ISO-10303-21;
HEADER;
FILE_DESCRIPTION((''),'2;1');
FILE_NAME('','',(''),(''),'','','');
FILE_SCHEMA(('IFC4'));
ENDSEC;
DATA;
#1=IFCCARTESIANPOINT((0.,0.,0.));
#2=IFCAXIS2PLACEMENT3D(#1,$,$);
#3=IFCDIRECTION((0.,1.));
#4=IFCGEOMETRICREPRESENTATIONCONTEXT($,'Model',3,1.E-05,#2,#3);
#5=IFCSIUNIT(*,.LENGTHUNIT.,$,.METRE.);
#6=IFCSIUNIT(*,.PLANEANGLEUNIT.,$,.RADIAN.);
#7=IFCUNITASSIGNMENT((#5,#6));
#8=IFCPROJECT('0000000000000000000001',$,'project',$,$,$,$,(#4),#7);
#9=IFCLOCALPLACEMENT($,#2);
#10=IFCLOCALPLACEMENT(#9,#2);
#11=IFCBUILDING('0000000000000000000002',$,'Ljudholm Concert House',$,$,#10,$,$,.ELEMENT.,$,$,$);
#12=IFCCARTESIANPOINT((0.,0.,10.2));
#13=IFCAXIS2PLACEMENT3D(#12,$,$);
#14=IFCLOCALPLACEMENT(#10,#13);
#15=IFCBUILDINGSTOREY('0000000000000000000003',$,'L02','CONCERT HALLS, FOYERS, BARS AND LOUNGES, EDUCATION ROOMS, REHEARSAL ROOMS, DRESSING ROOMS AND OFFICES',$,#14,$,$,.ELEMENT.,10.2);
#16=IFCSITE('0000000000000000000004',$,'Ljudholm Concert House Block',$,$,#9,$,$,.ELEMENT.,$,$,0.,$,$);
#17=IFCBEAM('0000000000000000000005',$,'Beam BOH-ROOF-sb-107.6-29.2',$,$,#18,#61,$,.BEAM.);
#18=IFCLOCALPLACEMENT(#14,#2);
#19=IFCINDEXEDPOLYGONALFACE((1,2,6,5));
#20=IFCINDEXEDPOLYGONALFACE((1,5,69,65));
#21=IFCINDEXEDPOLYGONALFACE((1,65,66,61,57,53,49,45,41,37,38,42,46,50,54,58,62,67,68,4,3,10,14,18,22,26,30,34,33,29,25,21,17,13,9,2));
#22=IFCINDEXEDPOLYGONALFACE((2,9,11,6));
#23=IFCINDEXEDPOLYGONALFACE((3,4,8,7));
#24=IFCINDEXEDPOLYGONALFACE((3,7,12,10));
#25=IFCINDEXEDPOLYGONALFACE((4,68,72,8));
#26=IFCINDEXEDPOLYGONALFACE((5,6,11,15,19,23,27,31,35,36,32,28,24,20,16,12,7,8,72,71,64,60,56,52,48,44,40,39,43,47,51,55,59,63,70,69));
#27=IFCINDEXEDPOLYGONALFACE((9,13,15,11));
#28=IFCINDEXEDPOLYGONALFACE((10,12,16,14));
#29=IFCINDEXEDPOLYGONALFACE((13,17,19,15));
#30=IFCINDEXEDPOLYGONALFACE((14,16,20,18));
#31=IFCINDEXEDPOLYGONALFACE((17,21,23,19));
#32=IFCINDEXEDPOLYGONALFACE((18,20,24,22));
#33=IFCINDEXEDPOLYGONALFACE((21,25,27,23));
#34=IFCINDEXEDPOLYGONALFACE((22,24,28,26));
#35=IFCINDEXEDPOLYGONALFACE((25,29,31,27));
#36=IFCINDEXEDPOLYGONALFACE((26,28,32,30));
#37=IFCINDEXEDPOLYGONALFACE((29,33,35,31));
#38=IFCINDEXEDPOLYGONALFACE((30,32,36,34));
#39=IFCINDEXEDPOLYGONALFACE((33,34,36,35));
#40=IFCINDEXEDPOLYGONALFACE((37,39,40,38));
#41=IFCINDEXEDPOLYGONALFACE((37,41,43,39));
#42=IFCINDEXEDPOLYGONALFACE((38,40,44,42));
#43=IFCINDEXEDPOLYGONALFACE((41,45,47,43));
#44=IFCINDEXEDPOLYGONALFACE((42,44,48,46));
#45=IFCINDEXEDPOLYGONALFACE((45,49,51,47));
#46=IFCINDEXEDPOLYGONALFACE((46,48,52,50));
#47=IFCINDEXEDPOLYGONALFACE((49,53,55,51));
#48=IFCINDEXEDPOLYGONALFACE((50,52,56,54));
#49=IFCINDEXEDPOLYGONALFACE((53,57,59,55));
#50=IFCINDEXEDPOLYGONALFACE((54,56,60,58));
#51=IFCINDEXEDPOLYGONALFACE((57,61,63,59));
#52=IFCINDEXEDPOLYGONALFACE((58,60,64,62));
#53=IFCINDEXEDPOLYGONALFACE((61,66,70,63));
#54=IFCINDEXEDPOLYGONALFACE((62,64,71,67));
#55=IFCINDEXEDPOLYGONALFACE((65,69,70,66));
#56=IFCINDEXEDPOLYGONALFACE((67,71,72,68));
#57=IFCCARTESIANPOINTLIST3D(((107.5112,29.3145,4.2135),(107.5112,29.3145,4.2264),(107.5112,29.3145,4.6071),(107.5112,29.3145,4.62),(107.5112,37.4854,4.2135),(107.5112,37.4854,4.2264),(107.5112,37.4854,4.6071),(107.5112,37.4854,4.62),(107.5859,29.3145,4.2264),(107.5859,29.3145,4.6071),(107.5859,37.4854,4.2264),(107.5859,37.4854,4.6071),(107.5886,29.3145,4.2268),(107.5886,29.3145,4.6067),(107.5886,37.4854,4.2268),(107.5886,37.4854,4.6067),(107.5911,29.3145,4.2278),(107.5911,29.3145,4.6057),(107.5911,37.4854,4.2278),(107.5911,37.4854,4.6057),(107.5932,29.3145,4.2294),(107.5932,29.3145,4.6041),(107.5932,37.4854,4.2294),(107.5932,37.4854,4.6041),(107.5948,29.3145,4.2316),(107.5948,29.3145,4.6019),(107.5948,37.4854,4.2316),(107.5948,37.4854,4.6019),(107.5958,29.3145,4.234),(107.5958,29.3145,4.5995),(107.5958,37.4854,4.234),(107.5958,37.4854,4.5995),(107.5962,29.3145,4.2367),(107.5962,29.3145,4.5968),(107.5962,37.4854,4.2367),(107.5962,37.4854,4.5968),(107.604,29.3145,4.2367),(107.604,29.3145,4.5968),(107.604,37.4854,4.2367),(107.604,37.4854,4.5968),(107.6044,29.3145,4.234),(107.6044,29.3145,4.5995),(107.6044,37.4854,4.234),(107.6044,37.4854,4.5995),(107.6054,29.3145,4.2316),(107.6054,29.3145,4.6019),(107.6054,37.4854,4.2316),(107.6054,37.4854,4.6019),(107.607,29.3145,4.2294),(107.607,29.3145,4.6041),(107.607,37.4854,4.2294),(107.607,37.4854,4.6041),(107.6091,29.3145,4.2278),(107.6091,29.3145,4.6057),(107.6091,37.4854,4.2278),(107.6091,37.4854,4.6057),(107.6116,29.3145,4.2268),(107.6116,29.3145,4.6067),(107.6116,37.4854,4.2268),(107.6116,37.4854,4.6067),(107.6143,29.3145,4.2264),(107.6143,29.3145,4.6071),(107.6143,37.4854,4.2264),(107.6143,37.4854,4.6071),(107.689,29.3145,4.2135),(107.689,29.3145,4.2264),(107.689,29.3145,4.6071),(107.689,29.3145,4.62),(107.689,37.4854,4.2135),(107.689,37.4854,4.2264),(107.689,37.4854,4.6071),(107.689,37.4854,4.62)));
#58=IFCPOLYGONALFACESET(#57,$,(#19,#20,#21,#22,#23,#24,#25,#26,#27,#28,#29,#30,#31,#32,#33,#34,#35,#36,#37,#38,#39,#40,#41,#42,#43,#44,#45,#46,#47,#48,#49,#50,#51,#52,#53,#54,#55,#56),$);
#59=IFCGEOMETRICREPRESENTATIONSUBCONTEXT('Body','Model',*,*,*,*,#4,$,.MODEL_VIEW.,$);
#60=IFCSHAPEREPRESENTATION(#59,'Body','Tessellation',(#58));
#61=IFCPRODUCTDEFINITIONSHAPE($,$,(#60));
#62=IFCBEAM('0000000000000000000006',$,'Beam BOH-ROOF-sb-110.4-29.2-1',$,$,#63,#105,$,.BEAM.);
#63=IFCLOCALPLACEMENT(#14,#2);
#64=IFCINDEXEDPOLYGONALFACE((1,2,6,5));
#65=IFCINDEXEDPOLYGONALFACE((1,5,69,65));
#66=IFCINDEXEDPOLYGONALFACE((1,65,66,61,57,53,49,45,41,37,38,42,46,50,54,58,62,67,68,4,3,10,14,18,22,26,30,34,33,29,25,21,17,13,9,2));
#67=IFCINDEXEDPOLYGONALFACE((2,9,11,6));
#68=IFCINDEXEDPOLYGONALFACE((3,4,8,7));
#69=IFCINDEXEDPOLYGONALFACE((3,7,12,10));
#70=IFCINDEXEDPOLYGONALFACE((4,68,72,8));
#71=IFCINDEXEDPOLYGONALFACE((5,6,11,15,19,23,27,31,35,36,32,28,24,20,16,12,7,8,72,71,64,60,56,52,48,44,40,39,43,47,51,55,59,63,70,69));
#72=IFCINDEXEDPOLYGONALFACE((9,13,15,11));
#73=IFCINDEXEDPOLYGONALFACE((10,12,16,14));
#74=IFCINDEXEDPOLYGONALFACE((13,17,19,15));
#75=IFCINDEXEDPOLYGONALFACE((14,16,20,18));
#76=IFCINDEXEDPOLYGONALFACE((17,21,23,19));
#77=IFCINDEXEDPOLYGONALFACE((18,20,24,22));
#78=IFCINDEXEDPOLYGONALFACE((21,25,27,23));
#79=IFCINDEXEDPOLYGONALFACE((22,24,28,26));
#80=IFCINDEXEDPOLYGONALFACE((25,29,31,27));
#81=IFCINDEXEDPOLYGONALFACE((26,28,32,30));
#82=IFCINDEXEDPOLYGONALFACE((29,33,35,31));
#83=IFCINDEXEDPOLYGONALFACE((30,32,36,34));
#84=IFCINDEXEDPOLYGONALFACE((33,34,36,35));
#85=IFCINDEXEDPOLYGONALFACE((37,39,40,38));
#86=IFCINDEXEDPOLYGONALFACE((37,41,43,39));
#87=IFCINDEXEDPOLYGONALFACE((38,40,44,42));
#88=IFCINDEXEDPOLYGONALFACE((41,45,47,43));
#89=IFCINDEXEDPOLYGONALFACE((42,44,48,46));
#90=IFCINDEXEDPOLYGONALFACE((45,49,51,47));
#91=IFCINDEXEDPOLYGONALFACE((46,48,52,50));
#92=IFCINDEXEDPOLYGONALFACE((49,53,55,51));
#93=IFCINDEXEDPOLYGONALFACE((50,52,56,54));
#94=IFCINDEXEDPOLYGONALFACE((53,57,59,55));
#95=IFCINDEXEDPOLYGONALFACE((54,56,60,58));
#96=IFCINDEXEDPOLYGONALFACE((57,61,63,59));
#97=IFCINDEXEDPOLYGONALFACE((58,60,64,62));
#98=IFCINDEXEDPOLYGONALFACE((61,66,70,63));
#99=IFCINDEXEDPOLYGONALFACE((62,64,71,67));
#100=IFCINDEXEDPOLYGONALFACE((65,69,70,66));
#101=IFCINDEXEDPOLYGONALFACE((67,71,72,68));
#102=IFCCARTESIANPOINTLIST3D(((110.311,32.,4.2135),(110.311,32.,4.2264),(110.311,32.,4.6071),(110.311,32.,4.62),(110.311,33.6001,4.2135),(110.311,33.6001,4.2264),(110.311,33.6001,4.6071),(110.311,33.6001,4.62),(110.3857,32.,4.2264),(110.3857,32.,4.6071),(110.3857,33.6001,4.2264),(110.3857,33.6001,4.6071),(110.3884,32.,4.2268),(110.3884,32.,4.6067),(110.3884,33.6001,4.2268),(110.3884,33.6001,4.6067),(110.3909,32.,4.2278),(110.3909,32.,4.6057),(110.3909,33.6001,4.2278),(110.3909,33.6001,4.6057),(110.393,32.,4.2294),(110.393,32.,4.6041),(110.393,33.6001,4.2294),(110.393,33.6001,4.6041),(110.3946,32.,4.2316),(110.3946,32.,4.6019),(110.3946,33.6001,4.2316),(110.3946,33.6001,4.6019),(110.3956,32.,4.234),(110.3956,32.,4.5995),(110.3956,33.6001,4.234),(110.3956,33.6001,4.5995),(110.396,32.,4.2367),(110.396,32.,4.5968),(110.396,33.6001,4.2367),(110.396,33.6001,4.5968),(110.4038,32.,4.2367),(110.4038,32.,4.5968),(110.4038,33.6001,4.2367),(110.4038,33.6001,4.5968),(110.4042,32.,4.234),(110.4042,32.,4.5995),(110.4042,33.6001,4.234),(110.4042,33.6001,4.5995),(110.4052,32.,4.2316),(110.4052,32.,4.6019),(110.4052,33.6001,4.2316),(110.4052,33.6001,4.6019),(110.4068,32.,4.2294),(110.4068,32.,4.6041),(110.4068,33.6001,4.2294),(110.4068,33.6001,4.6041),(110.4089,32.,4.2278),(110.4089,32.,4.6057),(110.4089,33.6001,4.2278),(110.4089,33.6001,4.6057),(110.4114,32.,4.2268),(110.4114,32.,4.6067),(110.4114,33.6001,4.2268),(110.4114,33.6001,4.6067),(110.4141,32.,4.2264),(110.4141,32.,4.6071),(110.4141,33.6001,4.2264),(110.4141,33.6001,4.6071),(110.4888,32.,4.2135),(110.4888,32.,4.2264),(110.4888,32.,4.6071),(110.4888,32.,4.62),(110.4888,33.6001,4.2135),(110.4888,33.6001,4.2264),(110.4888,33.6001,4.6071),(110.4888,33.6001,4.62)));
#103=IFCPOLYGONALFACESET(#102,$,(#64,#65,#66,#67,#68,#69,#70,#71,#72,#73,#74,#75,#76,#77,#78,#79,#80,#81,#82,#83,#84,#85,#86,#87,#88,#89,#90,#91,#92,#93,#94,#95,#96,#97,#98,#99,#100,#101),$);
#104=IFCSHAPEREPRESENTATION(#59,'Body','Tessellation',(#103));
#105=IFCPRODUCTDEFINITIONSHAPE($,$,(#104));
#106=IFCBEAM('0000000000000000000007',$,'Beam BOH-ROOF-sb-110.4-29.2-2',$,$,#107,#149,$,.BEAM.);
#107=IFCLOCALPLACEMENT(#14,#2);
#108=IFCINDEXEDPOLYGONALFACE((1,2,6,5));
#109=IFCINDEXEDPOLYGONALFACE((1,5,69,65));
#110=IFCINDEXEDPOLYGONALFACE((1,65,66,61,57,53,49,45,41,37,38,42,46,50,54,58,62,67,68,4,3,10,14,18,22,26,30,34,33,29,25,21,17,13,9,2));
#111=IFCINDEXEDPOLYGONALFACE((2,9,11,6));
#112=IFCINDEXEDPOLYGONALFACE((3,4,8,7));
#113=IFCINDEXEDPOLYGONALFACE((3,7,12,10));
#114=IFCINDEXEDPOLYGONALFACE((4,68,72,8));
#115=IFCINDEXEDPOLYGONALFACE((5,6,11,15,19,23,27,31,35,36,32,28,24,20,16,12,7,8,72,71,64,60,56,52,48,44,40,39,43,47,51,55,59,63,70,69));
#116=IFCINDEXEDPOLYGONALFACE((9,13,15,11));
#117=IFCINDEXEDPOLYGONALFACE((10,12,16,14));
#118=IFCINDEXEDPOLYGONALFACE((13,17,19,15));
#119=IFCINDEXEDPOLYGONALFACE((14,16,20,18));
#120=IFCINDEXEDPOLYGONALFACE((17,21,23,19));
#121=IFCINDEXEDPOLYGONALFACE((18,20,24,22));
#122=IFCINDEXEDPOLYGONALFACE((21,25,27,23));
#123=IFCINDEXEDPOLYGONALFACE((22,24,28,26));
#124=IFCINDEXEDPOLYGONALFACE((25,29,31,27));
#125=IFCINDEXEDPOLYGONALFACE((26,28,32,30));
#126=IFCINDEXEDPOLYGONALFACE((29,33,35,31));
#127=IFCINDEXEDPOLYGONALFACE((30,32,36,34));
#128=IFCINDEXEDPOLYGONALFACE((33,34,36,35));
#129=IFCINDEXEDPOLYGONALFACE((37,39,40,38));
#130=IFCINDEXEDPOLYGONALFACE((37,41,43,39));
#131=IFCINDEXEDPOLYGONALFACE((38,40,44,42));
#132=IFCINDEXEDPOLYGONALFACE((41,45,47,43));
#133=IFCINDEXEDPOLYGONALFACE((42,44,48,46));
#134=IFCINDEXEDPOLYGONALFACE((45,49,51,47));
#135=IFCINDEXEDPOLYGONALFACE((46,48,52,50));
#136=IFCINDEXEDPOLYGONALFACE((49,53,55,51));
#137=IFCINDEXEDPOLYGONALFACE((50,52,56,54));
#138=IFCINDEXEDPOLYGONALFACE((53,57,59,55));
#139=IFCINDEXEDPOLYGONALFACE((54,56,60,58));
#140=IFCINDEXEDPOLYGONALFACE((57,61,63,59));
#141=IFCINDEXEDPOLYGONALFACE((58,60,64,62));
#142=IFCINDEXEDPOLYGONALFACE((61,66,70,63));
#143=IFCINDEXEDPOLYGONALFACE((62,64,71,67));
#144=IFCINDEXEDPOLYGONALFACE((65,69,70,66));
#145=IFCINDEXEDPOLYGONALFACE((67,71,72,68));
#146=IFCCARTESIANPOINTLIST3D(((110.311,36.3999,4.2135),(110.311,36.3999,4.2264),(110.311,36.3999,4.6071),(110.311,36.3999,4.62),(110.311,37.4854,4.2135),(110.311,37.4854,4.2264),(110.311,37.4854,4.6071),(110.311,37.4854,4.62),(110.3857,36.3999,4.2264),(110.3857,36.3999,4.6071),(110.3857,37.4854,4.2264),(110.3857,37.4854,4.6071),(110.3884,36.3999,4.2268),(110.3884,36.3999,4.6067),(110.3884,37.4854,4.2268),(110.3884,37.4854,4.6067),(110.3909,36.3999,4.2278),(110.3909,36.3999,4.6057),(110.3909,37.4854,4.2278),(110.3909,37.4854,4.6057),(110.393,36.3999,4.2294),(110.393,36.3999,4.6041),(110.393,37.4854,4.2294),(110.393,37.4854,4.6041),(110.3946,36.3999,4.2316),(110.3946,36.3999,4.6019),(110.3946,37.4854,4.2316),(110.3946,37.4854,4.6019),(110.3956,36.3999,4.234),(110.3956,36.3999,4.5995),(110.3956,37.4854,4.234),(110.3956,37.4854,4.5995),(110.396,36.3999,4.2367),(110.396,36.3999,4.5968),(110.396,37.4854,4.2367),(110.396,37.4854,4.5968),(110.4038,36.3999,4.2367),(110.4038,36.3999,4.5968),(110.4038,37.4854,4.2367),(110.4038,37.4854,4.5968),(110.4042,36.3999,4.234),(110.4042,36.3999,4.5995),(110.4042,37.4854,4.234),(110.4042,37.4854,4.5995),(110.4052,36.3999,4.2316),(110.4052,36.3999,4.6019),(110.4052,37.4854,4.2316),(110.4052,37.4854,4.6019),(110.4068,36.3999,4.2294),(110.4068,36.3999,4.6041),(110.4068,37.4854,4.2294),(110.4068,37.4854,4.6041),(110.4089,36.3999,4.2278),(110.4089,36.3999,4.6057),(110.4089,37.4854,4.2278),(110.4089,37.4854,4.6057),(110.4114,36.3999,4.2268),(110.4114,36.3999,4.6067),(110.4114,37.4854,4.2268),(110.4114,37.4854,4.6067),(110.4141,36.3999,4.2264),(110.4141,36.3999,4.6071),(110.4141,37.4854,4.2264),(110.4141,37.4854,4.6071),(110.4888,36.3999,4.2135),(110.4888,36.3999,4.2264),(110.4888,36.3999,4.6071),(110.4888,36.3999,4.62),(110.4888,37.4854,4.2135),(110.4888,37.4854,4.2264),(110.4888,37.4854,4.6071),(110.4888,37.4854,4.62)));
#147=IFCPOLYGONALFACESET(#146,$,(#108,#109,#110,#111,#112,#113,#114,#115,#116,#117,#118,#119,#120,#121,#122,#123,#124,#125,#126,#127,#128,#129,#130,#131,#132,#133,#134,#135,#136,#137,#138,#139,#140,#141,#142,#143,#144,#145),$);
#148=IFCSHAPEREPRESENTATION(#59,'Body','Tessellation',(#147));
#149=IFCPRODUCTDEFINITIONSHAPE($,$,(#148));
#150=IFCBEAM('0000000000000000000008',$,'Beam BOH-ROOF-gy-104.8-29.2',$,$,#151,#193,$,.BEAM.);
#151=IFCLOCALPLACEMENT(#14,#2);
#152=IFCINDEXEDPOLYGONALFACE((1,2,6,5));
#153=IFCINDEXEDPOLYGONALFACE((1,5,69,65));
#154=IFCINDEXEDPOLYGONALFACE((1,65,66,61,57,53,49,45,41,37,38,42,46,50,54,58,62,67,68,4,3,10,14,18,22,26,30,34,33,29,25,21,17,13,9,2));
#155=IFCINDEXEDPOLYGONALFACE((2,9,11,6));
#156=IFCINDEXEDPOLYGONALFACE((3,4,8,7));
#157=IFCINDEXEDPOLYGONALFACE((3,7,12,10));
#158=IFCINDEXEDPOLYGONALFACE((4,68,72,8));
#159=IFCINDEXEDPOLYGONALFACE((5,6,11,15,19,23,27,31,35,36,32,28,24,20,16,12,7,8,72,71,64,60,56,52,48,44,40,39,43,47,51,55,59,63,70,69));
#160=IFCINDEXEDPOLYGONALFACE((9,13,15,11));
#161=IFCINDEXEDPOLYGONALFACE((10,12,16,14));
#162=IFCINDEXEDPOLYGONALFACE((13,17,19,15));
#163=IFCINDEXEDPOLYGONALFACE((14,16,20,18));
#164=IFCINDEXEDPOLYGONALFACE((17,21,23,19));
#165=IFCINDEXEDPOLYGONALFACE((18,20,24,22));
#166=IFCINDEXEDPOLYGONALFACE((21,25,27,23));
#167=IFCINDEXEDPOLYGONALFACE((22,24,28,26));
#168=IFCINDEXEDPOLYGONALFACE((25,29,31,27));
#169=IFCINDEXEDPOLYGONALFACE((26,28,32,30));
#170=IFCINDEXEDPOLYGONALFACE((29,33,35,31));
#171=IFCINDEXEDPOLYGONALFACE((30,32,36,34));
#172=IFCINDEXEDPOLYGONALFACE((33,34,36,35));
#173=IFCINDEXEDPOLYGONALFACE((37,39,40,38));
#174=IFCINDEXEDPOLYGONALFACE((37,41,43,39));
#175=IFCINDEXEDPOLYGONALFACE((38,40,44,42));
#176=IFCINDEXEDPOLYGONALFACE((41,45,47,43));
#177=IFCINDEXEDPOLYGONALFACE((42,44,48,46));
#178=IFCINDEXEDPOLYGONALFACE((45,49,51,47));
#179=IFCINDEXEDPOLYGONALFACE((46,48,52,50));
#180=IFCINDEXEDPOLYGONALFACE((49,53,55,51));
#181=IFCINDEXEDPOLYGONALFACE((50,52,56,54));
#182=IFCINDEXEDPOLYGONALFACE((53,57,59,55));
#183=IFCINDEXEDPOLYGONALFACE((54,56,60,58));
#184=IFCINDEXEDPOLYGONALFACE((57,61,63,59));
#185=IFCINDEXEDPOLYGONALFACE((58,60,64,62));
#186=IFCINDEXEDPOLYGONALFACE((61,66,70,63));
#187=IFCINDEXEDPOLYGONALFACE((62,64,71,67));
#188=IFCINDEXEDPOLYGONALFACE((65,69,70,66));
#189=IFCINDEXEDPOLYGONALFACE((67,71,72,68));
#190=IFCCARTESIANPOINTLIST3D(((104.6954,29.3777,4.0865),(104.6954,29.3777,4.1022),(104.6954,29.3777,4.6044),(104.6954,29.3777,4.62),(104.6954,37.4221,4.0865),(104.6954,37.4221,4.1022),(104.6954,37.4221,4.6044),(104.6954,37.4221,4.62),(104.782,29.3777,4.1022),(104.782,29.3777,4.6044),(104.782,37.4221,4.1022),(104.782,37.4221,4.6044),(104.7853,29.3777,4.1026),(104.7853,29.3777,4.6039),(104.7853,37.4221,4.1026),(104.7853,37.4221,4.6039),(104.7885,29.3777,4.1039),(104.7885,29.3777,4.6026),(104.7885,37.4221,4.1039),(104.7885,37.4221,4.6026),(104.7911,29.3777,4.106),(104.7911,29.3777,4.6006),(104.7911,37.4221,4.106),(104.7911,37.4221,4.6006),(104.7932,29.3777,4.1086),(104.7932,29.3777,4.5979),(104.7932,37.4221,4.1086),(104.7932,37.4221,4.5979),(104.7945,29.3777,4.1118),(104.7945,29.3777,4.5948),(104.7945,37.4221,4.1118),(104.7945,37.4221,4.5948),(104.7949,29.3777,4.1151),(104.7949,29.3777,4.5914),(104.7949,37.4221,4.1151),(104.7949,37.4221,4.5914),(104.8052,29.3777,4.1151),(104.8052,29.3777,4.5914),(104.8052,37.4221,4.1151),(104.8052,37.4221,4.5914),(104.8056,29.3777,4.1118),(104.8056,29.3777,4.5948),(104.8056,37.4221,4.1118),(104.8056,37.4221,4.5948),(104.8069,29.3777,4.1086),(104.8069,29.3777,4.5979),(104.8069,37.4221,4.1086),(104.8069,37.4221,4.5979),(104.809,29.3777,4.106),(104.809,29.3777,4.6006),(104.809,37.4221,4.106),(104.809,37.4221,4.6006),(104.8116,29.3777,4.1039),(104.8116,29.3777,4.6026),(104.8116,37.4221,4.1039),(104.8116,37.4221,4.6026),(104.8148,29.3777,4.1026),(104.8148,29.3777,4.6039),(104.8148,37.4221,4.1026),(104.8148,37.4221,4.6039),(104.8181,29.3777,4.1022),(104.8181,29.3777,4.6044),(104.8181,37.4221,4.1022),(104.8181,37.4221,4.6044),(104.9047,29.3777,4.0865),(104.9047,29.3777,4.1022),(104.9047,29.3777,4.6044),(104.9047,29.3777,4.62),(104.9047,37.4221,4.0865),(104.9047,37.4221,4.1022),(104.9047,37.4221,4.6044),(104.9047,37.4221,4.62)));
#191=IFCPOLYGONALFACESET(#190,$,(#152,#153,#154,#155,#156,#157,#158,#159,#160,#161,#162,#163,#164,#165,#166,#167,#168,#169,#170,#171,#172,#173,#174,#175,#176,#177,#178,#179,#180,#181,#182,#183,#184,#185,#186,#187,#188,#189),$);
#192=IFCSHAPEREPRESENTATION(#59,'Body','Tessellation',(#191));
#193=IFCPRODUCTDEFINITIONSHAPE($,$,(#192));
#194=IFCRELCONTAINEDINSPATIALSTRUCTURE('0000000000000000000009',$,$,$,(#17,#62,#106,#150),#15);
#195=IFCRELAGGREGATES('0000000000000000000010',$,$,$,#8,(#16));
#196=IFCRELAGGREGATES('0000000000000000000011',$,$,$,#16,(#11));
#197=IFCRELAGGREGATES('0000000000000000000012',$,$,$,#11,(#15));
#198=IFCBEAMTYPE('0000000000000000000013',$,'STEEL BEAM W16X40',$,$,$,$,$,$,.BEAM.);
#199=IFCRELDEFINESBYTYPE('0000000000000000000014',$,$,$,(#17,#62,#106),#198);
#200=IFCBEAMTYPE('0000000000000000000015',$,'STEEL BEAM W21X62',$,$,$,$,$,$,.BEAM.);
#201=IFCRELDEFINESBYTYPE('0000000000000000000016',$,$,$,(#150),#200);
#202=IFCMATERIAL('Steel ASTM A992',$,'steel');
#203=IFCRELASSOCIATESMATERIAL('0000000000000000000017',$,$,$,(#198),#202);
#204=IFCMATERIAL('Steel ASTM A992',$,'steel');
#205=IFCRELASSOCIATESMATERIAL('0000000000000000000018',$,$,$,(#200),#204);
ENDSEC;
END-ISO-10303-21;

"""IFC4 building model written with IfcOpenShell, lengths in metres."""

from ifc_helpers import new_model, si_unit, direction, frame, origin, origin_2d, place, context, subcontext, project, spatial, i_section, extrude, material, material_profile, profile_set, type_object, element, save


model = new_model("IFC4")

# Units and contexts
model_context = context("Model", 3, precision=1e-05, world=origin(), true_north=direction((0.0, 1.0)))
body_context = subcontext(model_context, "Body", "Model", "MODEL_VIEW")
ifc_project = project(units=[si_unit("LENGTHUNIT", "METRE"), si_unit("PLANEANGLEUNIT", "RADIAN")], contexts=[model_context])

# Site, building, storey
site_placement = place(None, origin())
site = spatial("IfcSite", under=ifc_project, at=site_placement, Name="Ljudholm Concert House Block", CompositionType="ELEMENT", RefElevation=0.0)
building_placement = place(site_placement, origin())
building = spatial("IfcBuilding", under=site, at=building_placement, Name="Ljudholm Concert House", CompositionType="ELEMENT")
storey_placement = place(building_placement, frame((0.0, 0.0, 10.2)))
storey = spatial("IfcBuildingStorey", under=building, at=storey_placement, Name="L02", Description="CONCERT HALLS, FOYERS, BARS AND LOUNGES, EDUCATION ROOMS, REHEARSAL ROOMS, DRESSING ROOMS AND OFFICES", CompositionType="ELEMENT", Elevation=10.2)

# Beams
ifc_material_1 = material(Name="Steel ASTM A992", Category="steel")
ifc_material_profile_1 = material_profile(ifc_material_1, i_section(OverallWidth=0.1777, OverallDepth=0.4065, WebThickness=0.0078, FlangeThickness=0.0129, FilletRadius=0.0103, at=origin_2d()), Name="W16X40")
ifc_profile_set_1 = profile_set([ifc_material_profile_1], Name="Steel ASTM A992")
beam_type_1 = type_object("IfcBeamType", Name="STEEL BEAM W16X40", PredefinedType="BEAM", material=ifc_profile_set_1)
for number, where, z_axis, x_axis, name in (
    (1, (107.6001, 29.3145, 4.4167), (0.0, 1.0, 0.0), (-1.0, 0.0, 0.0), "Beam BOH-ROOF-sb-107.6-29.2"),
):
    element("IfcBeam", number, at=place(storey_placement, frame(where, z_axis=z_axis, x_axis=x_axis)), inside=storey, type_object=beam_type_1, Name=name, PredefinedType="BEAM", context=body_context, shape_type="SweptSolid", body=[
        extrude(i_section(OverallWidth=0.1777, OverallDepth=0.4065, WebThickness=0.0078, FlangeThickness=0.0129, FilletRadius=0.0103, at=origin_2d()), origin(), (0.0, 0.0, 1.0), 8.1709),
    ])
beam_1_placement = place(storey_placement, frame((110.3999, 32.0, 4.4167), z_axis=(0.0, 1.0, 0.0), x_axis=(-1.0, 0.0, 0.0)))
element("IfcBeam", 2, at=beam_1_placement, inside=storey, type_object=beam_type_1, Name="Beam BOH-ROOF-sb-110.4-29.2-1", PredefinedType="BEAM", context=body_context, shape_type="SweptSolid", body=[
    extrude(i_section(OverallWidth=0.1777, OverallDepth=0.4065, WebThickness=0.0078, FlangeThickness=0.0129, FilletRadius=0.0103, at=origin_2d()), origin(), (0.0, 0.0, 1.0), 1.6001),
])
beam_2_placement = place(storey_placement, frame((110.3999, 36.3999, 4.4167), z_axis=(0.0, 1.0, 0.0), x_axis=(-1.0, 0.0, 0.0)))
element("IfcBeam", 3, at=beam_2_placement, inside=storey, type_object=beam_type_1, Name="Beam BOH-ROOF-sb-110.4-29.2-2", PredefinedType="BEAM", context=body_context, shape_type="SweptSolid", body=[
    extrude(i_section(OverallWidth=0.1777, OverallDepth=0.4065, WebThickness=0.0078, FlangeThickness=0.0129, FilletRadius=0.0103, at=origin_2d()), origin(), (0.0, 0.0, 1.0), 1.0854),
])
ifc_material_2 = material(Name="Steel ASTM A992", Category="steel")
ifc_material_profile_2 = material_profile(ifc_material_2, i_section(OverallWidth=0.2092, OverallDepth=0.5334, WebThickness=0.0103, FlangeThickness=0.0156, FilletRadius=0.0129, at=origin_2d()), Name="W21X62")
ifc_profile_set_2 = profile_set([ifc_material_profile_2], Name="Steel ASTM A992")
beam_type_2 = type_object("IfcBeamType", Name="STEEL BEAM W21X62", PredefinedType="BEAM", material=ifc_profile_set_2)
beam_3_placement = place(storey_placement, frame((104.8, 29.3777, 4.3533), z_axis=(0.0, 1.0, 0.0), x_axis=(-1.0, 0.0, 0.0)))
element("IfcBeam", 4, at=beam_3_placement, inside=storey, type_object=beam_type_2, Name="Beam BOH-ROOF-gy-104.8-29.2", PredefinedType="BEAM", context=body_context, shape_type="SweptSolid", body=[
    extrude(i_section(OverallWidth=0.2092, OverallDepth=0.5334, WebThickness=0.0103, FlangeThickness=0.0156, FilletRadius=0.0129, at=origin_2d()), origin(), (0.0, 0.0, 1.0), 8.0444),
])

save(model, "model.ifc")
